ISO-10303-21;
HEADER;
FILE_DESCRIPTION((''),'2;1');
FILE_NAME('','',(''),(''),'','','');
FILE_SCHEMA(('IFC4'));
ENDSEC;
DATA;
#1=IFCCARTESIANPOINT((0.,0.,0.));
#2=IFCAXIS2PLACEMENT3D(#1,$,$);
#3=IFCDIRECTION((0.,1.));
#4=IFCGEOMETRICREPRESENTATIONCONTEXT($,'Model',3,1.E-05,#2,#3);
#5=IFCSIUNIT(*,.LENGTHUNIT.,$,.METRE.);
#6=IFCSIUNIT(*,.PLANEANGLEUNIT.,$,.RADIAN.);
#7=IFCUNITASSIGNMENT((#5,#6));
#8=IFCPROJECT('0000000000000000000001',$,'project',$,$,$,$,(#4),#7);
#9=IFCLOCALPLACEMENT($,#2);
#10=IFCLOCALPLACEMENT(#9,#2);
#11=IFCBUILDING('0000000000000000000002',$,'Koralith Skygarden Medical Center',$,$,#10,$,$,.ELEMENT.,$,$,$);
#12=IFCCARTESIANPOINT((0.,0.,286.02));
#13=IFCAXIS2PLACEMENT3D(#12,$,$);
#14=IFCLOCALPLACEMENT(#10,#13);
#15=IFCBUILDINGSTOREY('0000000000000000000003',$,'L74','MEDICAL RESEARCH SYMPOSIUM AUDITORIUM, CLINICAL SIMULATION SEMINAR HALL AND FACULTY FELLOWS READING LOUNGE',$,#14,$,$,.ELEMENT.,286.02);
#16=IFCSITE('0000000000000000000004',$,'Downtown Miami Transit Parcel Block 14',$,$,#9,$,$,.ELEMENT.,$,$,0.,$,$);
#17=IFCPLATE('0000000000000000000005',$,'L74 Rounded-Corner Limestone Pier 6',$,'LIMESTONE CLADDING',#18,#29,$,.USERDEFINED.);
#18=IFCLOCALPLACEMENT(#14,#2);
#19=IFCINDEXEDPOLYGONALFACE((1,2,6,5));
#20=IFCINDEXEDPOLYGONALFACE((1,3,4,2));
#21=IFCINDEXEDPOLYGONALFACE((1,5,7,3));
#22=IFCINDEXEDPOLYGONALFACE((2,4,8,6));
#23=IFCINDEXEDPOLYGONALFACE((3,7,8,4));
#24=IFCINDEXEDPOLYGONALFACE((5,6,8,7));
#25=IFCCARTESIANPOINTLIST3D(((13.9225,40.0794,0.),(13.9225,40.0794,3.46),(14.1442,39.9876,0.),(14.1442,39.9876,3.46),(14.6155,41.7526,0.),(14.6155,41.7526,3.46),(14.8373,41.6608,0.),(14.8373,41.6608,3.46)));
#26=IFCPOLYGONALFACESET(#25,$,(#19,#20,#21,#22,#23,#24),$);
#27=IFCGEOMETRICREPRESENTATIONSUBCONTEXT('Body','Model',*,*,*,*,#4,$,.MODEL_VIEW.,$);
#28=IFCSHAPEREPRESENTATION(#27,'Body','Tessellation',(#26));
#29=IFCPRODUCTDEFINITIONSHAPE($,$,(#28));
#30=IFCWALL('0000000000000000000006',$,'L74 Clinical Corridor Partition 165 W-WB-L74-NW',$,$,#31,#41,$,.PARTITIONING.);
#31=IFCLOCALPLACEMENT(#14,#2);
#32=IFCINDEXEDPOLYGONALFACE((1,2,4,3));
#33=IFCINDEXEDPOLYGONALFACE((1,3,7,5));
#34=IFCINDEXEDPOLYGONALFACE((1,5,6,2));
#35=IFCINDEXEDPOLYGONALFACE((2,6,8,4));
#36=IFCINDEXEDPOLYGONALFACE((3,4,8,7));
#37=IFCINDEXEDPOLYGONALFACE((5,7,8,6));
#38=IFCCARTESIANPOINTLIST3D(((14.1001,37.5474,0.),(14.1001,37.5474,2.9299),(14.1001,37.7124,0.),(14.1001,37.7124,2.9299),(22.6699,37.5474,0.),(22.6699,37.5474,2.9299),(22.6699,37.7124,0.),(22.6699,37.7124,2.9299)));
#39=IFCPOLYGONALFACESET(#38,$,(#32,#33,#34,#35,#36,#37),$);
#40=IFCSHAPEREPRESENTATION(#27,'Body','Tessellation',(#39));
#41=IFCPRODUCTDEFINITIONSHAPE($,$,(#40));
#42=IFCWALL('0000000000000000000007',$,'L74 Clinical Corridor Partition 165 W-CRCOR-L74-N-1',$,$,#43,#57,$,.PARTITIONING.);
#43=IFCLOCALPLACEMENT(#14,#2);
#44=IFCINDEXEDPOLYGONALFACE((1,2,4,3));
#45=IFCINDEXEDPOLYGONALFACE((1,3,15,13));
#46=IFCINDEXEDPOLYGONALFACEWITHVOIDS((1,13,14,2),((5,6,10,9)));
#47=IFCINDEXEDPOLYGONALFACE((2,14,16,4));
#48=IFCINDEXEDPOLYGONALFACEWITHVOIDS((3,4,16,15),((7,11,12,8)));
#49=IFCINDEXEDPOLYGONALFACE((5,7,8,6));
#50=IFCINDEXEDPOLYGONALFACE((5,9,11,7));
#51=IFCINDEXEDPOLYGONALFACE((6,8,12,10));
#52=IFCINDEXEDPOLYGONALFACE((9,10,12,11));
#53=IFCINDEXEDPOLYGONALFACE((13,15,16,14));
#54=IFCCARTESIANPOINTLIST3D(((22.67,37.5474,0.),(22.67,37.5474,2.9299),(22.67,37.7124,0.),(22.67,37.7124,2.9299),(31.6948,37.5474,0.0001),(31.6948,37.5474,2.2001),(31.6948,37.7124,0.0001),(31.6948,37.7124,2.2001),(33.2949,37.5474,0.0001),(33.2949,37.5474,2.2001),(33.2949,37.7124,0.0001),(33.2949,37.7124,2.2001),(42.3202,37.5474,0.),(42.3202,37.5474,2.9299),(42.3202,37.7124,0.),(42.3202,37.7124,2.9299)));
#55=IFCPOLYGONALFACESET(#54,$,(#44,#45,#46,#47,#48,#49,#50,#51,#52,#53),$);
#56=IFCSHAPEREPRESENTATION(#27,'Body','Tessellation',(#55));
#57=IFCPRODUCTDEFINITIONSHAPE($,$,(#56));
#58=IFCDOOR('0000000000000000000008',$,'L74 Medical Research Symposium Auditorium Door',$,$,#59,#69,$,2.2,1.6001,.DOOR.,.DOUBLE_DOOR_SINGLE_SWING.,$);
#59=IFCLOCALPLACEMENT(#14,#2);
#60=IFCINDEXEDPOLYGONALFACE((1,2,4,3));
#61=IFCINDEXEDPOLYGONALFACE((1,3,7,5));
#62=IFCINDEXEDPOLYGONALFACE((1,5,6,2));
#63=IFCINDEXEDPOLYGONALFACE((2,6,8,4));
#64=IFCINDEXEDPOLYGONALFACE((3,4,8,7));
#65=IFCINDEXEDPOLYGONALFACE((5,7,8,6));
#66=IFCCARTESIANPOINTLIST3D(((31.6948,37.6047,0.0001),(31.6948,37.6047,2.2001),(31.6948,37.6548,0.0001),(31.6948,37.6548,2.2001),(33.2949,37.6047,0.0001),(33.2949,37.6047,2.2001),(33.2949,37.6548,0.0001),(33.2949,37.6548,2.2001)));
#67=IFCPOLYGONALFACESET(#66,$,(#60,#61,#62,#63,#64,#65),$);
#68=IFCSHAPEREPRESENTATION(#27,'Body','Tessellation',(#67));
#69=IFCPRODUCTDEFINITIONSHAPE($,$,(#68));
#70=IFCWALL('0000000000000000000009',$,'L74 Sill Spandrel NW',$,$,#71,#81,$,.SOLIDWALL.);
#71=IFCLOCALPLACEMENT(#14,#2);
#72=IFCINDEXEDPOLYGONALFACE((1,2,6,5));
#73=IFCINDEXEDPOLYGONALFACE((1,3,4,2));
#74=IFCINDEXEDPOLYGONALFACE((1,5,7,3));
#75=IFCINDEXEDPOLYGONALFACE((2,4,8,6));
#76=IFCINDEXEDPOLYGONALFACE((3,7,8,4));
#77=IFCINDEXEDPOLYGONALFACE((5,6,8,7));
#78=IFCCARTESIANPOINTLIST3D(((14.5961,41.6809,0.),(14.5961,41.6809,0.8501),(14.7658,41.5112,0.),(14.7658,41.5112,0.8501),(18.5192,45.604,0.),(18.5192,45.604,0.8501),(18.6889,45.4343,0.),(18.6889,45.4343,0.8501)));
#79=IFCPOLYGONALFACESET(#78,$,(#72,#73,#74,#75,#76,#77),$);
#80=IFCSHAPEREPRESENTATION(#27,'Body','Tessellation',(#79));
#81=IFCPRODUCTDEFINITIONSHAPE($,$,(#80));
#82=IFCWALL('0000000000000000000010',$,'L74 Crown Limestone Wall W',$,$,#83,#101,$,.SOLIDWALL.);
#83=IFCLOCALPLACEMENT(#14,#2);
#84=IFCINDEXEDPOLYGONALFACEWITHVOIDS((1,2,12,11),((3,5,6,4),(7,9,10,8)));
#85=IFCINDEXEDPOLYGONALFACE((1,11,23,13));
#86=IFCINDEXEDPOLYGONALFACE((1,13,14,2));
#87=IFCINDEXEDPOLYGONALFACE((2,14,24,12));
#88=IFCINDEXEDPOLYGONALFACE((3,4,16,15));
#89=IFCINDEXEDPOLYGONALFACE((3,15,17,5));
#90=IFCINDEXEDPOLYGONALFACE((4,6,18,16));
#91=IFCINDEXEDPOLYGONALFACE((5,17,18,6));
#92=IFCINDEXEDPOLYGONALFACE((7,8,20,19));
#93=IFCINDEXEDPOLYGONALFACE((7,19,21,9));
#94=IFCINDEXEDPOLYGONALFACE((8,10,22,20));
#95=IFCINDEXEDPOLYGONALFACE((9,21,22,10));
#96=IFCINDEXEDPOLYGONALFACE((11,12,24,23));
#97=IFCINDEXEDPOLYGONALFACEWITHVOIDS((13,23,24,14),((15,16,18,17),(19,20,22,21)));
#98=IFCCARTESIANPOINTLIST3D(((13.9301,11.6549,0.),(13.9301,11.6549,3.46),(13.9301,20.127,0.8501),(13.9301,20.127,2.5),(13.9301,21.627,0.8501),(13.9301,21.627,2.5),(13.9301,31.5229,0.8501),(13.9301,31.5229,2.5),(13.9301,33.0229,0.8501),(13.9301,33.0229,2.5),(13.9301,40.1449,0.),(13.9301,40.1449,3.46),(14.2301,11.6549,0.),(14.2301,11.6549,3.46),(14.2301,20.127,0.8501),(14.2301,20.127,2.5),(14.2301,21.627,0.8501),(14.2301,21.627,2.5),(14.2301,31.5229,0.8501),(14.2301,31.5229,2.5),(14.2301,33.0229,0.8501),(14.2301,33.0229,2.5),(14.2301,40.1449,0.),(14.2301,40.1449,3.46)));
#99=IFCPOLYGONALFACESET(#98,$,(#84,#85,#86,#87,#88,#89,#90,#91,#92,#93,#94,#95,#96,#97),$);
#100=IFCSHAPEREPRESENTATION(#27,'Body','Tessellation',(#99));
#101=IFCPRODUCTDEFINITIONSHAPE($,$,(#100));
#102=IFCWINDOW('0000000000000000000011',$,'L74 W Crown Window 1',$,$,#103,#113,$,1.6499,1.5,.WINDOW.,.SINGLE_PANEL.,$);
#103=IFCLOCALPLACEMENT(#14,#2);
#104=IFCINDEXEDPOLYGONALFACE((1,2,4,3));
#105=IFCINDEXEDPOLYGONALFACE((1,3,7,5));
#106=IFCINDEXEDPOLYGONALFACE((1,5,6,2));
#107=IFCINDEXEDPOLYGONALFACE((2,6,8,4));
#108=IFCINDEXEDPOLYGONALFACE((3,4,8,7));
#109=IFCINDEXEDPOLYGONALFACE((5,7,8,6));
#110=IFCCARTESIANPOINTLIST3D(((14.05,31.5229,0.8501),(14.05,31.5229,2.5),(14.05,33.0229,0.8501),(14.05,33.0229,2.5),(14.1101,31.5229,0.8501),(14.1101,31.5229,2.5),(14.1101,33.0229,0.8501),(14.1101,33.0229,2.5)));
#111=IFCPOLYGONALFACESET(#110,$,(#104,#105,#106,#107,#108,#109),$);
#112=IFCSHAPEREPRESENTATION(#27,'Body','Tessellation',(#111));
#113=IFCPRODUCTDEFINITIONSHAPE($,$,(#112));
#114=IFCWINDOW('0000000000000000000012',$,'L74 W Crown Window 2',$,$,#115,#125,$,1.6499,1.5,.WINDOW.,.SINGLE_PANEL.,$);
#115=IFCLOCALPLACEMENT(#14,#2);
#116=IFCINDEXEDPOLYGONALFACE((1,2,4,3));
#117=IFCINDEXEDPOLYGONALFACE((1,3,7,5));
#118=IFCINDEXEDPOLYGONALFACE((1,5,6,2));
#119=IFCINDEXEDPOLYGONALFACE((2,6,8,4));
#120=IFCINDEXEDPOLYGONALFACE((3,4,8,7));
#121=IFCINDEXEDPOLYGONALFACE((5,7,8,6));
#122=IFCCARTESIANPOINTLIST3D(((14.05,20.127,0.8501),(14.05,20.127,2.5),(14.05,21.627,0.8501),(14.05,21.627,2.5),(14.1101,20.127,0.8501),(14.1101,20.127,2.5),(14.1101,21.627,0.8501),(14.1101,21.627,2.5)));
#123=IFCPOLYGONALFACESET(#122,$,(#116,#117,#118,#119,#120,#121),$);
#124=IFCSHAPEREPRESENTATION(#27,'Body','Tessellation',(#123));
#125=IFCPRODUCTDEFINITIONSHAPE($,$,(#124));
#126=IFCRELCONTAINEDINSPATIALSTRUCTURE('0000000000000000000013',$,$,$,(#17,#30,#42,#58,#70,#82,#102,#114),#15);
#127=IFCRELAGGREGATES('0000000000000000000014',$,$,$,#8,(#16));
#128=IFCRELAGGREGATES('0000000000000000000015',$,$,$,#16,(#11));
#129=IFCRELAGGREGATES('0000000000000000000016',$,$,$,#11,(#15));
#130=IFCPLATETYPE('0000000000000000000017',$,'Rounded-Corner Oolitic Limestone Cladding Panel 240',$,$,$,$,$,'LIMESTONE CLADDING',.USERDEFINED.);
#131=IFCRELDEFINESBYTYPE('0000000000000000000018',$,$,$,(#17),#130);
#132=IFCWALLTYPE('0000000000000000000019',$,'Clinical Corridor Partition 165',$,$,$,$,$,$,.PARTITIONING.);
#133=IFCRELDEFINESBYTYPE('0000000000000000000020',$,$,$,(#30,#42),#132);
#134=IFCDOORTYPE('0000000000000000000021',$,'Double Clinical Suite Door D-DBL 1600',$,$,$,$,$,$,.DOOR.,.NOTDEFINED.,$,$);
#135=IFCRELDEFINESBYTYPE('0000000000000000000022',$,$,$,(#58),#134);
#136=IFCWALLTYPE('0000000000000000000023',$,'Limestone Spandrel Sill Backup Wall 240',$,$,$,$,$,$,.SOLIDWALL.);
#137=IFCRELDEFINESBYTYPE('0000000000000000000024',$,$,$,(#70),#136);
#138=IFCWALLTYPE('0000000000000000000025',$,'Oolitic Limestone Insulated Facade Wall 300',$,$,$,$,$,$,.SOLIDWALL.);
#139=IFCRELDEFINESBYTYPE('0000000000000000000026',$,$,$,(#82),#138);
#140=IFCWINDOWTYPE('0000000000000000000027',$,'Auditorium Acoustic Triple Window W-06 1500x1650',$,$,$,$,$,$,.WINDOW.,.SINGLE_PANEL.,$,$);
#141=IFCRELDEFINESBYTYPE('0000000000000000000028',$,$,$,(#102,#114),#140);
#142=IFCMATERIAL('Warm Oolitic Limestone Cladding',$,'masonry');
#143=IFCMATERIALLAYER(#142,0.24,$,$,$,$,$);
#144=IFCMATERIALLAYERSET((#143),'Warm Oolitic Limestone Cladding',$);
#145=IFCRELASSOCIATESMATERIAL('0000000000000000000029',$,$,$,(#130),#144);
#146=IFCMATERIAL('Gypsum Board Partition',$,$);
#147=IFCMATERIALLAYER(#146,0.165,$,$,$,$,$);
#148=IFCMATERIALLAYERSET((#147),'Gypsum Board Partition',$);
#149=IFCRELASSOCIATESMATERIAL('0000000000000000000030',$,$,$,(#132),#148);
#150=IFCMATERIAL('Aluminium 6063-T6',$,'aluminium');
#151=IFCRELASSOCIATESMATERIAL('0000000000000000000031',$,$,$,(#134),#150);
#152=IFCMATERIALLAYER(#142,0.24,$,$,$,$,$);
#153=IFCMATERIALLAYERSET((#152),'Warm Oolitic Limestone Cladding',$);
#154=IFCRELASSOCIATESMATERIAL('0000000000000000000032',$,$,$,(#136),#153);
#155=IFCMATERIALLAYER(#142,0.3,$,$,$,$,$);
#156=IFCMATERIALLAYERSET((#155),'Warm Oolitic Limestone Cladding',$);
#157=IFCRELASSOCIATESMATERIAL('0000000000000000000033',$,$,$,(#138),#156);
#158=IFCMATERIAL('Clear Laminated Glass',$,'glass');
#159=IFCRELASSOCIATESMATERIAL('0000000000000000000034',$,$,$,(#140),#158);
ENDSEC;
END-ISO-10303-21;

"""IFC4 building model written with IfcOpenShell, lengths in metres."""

from ifc_helpers import new_model, si_unit, direction, frame, frame_2d, origin, origin_2d, place, context, subcontext, project, spatial, rectangle, extrude, material, layer, layer_set, type_object, element, fill, save


model = new_model("IFC4")

# Units and contexts
model_context = context("Model", 3, precision=1e-05, world=origin(), true_north=direction((0.0, 1.0)))
body_context = subcontext(model_context, "Body", "Model", "MODEL_VIEW")
ifc_project = project(units=[si_unit("LENGTHUNIT", "METRE"), si_unit("PLANEANGLEUNIT", "RADIAN")], contexts=[model_context])

# Site, building, storey
site_placement = place(None, origin())
site = spatial("IfcSite", under=ifc_project, at=site_placement, Name="Downtown Miami Transit Parcel Block 14", CompositionType="ELEMENT", RefElevation=0.0)
building_placement = place(site_placement, origin())
building = spatial("IfcBuilding", under=site, at=building_placement, Name="Koralith Skygarden Medical Center", CompositionType="ELEMENT")
storey_placement = place(building_placement, frame((0.0, 0.0, 286.02)))
storey = spatial("IfcBuildingStorey", under=building, at=storey_placement, Name="L74", Description="MEDICAL RESEARCH SYMPOSIUM AUDITORIUM, CLINICAL SIMULATION SEMINAR HALL AND FACULTY FELLOWS READING LOUNGE", CompositionType="ELEMENT", Elevation=286.02)

# Shared definitions
ifc_material_1 = material(Name="Clear Laminated Glass", Category="glass")
ifc_material_2 = material(Name="Aluminium 6063-T6", Category="aluminium")

# Plate
ifc_material_3 = material(Name="Warm Oolitic Limestone Cladding", Category="masonry")
ifc_layer_1 = layer(ifc_material_3, 0.24)
ifc_layer_set_1 = layer_set([ifc_layer_1], Name="Warm Oolitic Limestone Cladding")
plate_type_1 = type_object("IfcPlateType", Name="Rounded-Corner Oolitic Limestone Cladding Panel 240", ElementType="LIMESTONE CLADDING", PredefinedType="USERDEFINED", material=ifc_layer_set_1)
for number, where, z_axis, x_axis, name in (
    (1, (14.3799, 40.8701, 0.0), (0.0, 0.0, 1.0), (-0.382671, -0.923885, 0.0), "L74 Rounded-Corner Limestone Pier 6"),
):
    element("IfcPlate", number, at=place(storey_placement, frame(where, z_axis=z_axis, x_axis=x_axis)), inside=storey, type_object=plate_type_1, Name=name, ObjectType="LIMESTONE CLADDING", PredefinedType="USERDEFINED", context=body_context, shape_type="SweptSolid", body=[
        extrude(rectangle(XDim=1.811, YDim=0.24, at=origin_2d()), origin(), (0.0, 0.0, 1.0), 3.46),
    ])

# Wall
ifc_material_4 = material(Name="Gypsum Board Partition")
ifc_layer_2 = layer(ifc_material_4, 0.165)
ifc_layer_set_2 = layer_set([ifc_layer_2], Name="Gypsum Board Partition")
wall_type_1 = type_object("IfcWallType", Name="Clinical Corridor Partition 165", PredefinedType="PARTITIONING", material=ifc_layer_set_2)
wall_1_placement = place(storey_placement, frame((14.1001, 37.6299, 0.0), z_axis=(0.0, 0.0, 1.0), x_axis=(1.0, 0.0, 0.0)))
element("IfcWall", 2, at=wall_1_placement, inside=storey, type_object=wall_type_1, Name="L74 Clinical Corridor Partition 165 W-WB-L74-NW", PredefinedType="PARTITIONING", context=body_context, shape_type="SweptSolid", body=[
    extrude(rectangle(XDim=8.5698, YDim=0.165, at=frame_2d((4.2849, 0.0))), origin(), (0.0, 0.0, 1.0), 2.9299),
])

# Wall, opening, door
wall_2_placement = place(storey_placement, frame((22.6699, 37.6299, 0.0), z_axis=(0.0, 0.0, 1.0), x_axis=(1.0, 0.0, 0.0)))
wall_2 = element("IfcWall", 3, at=wall_2_placement, inside=storey, type_object=wall_type_1, Name="L74 Clinical Corridor Partition 165 W-CRCOR-L74-N-1", PredefinedType="PARTITIONING", context=body_context, shape_type="SweptSolid", body=[
    extrude(rectangle(XDim=19.6501, YDim=0.165, at=frame_2d((9.8252, 0.0))), origin(), (0.0, 0.0, 1.0), 2.9299),
])
opening_1_placement = place(wall_2_placement, frame((9.0249, 0.0, 0.0)))
opening_1 = element("IfcOpeningElement", 4, at=opening_1_placement, cuts=wall_2, PredefinedType="OPENING", context=body_context, shape_type="SweptSolid", body=[
    extrude(rectangle(XDim=1.6001, YDim=2.2, at=frame_2d((0.8, 1.1001))), frame((0.0, 0.0925, 0.0), z_axis=(0.0, -1.0, 0.0), x_axis=(1.0, 0.0, 0.0)), (0.0, 0.0, 1.0), 0.1851),
])
door_type = type_object("IfcDoorType", Name="Double Clinical Suite Door D-DBL 1600", OperationType="NOTDEFINED", PredefinedType="DOOR", material=ifc_material_2)
door_placement = place(opening_1_placement, origin())
door = element("IfcDoor", 5, at=door_placement, inside=storey, type_object=door_type, Name="L74 Medical Research Symposium Auditorium Door", OperationType="DOUBLE_DOOR_SINGLE_SWING", OverallHeight=2.2, OverallWidth=1.6001, PredefinedType="DOOR", context=body_context, shape_type="SweptSolid", body=[
    extrude(rectangle(XDim=1.6001, YDim=2.2, at=frame_2d((0.8, 1.1001))), frame((0.0, 0.0249, 0.0), z_axis=(0.0, -1.0, 0.0), x_axis=(1.0, 0.0, 0.0)), (0.0, 0.0, 1.0), 0.05),
])
fill(opening_1, door)

# Wall
ifc_layer_3 = layer(ifc_material_3, 0.24)
ifc_layer_set_3 = layer_set([ifc_layer_3], Name="Warm Oolitic Limestone Cladding")
wall_type_2 = type_object("IfcWallType", Name="Limestone Spandrel Sill Backup Wall 240", PredefinedType="SOLIDWALL", material=ifc_layer_set_3)
wall_3_placement = place(storey_placement, frame((18.604, 45.519, 0.0), z_axis=(0.0, 0.0, 1.0), x_axis=(-0.707107, -0.707107, 0.0)))
element("IfcWall", 6, at=wall_3_placement, inside=storey, type_object=wall_type_2, Name="L74 Sill Spandrel NW", PredefinedType="SOLIDWALL", context=body_context, shape_type="SweptSolid", body=[
    extrude(rectangle(XDim=5.5481, YDim=0.24, at=frame_2d((2.7739, 0.0))), origin(), (0.0, 0.0, 1.0), 0.8501),
])

# Wall, openings, windows
ifc_layer_4 = layer(ifc_material_3, 0.3)
ifc_layer_set_4 = layer_set([ifc_layer_4], Name="Warm Oolitic Limestone Cladding")
wall_type_3 = type_object("IfcWallType", Name="Oolitic Limestone Insulated Facade Wall 300", PredefinedType="SOLIDWALL", material=ifc_layer_set_4)
wall_4_placement = place(storey_placement, frame((14.0801, 40.145, 0.0), z_axis=(0.0, 0.0, 1.0), x_axis=(0.0, -1.0, 0.0)))
wall_4 = element("IfcWall", 7, at=wall_4_placement, inside=storey, type_object=wall_type_3, Name="L74 Crown Limestone Wall W", PredefinedType="SOLIDWALL", context=body_context, shape_type="SweptSolid", body=[
    extrude(rectangle(XDim=28.49, YDim=0.3, at=frame_2d((14.2451, 0.0))), origin(), (0.0, 0.0, 1.0), 3.46),
])
opening_2_placement = place(wall_4_placement, frame((7.1221, 0.0, 0.8501)))
opening_2 = element("IfcOpeningElement", 8, at=opening_2_placement, cuts=wall_4, PredefinedType="OPENING", context=body_context, shape_type="SweptSolid", body=[
    extrude(rectangle(XDim=1.5, YDim=1.6499, at=frame_2d((0.75, 0.825))), frame((0.0, 0.1599, 0.0), z_axis=(0.0, -1.0, 0.0), x_axis=(1.0, 0.0, 0.0)), (0.0, 0.0, 1.0), 0.3201),
])
opening_3_placement = place(wall_4_placement, frame((18.5181, 0.0, 0.8501)))
opening_3 = element("IfcOpeningElement", 9, at=opening_3_placement, cuts=wall_4, PredefinedType="OPENING", context=body_context, shape_type="SweptSolid", body=[
    extrude(rectangle(XDim=1.5, YDim=1.6499, at=frame_2d((0.75, 0.825))), frame((0.0, 0.1599, 0.0), z_axis=(0.0, -1.0, 0.0), x_axis=(1.0, 0.0, 0.0)), (0.0, 0.0, 1.0), 0.3201),
])
window_type = type_object("IfcWindowType", Name="Auditorium Acoustic Triple Window W-06 1500x1650", PartitioningType="SINGLE_PANEL", PredefinedType="WINDOW", material=ifc_material_1)
window_1_placement = place(opening_2_placement, origin())
window_1 = element("IfcWindow", 10, at=window_1_placement, inside=storey, type_object=window_type, Name="L74 W Crown Window 1", OverallHeight=1.6499, OverallWidth=1.5, PartitioningType="SINGLE_PANEL", PredefinedType="WINDOW", context=body_context, shape_type="SweptSolid", body=[
    extrude(rectangle(XDim=1.5, YDim=1.6499, at=frame_2d((0.75, 0.825))), frame((0.0, 0.03, 0.0), z_axis=(0.0, -1.0, 0.0), x_axis=(1.0, 0.0, 0.0)), (0.0, 0.0, 1.0), 0.0601),
])
fill(opening_2, window_1)
window_2_placement = place(opening_3_placement, origin())
window_2 = element("IfcWindow", 11, at=window_2_placement, inside=storey, type_object=window_type, Name="L74 W Crown Window 2", OverallHeight=1.6499, OverallWidth=1.5, PartitioningType="SINGLE_PANEL", PredefinedType="WINDOW", context=body_context, shape_type="SweptSolid", body=[
    extrude(rectangle(XDim=1.5, YDim=1.6499, at=frame_2d((0.75, 0.825))), frame((0.0, 0.03, 0.0), z_axis=(0.0, -1.0, 0.0), x_axis=(1.0, 0.0, 0.0)), (0.0, 0.0, 1.0), 0.0601),
])
fill(opening_3, window_2)

save(model, "model.ifc")
